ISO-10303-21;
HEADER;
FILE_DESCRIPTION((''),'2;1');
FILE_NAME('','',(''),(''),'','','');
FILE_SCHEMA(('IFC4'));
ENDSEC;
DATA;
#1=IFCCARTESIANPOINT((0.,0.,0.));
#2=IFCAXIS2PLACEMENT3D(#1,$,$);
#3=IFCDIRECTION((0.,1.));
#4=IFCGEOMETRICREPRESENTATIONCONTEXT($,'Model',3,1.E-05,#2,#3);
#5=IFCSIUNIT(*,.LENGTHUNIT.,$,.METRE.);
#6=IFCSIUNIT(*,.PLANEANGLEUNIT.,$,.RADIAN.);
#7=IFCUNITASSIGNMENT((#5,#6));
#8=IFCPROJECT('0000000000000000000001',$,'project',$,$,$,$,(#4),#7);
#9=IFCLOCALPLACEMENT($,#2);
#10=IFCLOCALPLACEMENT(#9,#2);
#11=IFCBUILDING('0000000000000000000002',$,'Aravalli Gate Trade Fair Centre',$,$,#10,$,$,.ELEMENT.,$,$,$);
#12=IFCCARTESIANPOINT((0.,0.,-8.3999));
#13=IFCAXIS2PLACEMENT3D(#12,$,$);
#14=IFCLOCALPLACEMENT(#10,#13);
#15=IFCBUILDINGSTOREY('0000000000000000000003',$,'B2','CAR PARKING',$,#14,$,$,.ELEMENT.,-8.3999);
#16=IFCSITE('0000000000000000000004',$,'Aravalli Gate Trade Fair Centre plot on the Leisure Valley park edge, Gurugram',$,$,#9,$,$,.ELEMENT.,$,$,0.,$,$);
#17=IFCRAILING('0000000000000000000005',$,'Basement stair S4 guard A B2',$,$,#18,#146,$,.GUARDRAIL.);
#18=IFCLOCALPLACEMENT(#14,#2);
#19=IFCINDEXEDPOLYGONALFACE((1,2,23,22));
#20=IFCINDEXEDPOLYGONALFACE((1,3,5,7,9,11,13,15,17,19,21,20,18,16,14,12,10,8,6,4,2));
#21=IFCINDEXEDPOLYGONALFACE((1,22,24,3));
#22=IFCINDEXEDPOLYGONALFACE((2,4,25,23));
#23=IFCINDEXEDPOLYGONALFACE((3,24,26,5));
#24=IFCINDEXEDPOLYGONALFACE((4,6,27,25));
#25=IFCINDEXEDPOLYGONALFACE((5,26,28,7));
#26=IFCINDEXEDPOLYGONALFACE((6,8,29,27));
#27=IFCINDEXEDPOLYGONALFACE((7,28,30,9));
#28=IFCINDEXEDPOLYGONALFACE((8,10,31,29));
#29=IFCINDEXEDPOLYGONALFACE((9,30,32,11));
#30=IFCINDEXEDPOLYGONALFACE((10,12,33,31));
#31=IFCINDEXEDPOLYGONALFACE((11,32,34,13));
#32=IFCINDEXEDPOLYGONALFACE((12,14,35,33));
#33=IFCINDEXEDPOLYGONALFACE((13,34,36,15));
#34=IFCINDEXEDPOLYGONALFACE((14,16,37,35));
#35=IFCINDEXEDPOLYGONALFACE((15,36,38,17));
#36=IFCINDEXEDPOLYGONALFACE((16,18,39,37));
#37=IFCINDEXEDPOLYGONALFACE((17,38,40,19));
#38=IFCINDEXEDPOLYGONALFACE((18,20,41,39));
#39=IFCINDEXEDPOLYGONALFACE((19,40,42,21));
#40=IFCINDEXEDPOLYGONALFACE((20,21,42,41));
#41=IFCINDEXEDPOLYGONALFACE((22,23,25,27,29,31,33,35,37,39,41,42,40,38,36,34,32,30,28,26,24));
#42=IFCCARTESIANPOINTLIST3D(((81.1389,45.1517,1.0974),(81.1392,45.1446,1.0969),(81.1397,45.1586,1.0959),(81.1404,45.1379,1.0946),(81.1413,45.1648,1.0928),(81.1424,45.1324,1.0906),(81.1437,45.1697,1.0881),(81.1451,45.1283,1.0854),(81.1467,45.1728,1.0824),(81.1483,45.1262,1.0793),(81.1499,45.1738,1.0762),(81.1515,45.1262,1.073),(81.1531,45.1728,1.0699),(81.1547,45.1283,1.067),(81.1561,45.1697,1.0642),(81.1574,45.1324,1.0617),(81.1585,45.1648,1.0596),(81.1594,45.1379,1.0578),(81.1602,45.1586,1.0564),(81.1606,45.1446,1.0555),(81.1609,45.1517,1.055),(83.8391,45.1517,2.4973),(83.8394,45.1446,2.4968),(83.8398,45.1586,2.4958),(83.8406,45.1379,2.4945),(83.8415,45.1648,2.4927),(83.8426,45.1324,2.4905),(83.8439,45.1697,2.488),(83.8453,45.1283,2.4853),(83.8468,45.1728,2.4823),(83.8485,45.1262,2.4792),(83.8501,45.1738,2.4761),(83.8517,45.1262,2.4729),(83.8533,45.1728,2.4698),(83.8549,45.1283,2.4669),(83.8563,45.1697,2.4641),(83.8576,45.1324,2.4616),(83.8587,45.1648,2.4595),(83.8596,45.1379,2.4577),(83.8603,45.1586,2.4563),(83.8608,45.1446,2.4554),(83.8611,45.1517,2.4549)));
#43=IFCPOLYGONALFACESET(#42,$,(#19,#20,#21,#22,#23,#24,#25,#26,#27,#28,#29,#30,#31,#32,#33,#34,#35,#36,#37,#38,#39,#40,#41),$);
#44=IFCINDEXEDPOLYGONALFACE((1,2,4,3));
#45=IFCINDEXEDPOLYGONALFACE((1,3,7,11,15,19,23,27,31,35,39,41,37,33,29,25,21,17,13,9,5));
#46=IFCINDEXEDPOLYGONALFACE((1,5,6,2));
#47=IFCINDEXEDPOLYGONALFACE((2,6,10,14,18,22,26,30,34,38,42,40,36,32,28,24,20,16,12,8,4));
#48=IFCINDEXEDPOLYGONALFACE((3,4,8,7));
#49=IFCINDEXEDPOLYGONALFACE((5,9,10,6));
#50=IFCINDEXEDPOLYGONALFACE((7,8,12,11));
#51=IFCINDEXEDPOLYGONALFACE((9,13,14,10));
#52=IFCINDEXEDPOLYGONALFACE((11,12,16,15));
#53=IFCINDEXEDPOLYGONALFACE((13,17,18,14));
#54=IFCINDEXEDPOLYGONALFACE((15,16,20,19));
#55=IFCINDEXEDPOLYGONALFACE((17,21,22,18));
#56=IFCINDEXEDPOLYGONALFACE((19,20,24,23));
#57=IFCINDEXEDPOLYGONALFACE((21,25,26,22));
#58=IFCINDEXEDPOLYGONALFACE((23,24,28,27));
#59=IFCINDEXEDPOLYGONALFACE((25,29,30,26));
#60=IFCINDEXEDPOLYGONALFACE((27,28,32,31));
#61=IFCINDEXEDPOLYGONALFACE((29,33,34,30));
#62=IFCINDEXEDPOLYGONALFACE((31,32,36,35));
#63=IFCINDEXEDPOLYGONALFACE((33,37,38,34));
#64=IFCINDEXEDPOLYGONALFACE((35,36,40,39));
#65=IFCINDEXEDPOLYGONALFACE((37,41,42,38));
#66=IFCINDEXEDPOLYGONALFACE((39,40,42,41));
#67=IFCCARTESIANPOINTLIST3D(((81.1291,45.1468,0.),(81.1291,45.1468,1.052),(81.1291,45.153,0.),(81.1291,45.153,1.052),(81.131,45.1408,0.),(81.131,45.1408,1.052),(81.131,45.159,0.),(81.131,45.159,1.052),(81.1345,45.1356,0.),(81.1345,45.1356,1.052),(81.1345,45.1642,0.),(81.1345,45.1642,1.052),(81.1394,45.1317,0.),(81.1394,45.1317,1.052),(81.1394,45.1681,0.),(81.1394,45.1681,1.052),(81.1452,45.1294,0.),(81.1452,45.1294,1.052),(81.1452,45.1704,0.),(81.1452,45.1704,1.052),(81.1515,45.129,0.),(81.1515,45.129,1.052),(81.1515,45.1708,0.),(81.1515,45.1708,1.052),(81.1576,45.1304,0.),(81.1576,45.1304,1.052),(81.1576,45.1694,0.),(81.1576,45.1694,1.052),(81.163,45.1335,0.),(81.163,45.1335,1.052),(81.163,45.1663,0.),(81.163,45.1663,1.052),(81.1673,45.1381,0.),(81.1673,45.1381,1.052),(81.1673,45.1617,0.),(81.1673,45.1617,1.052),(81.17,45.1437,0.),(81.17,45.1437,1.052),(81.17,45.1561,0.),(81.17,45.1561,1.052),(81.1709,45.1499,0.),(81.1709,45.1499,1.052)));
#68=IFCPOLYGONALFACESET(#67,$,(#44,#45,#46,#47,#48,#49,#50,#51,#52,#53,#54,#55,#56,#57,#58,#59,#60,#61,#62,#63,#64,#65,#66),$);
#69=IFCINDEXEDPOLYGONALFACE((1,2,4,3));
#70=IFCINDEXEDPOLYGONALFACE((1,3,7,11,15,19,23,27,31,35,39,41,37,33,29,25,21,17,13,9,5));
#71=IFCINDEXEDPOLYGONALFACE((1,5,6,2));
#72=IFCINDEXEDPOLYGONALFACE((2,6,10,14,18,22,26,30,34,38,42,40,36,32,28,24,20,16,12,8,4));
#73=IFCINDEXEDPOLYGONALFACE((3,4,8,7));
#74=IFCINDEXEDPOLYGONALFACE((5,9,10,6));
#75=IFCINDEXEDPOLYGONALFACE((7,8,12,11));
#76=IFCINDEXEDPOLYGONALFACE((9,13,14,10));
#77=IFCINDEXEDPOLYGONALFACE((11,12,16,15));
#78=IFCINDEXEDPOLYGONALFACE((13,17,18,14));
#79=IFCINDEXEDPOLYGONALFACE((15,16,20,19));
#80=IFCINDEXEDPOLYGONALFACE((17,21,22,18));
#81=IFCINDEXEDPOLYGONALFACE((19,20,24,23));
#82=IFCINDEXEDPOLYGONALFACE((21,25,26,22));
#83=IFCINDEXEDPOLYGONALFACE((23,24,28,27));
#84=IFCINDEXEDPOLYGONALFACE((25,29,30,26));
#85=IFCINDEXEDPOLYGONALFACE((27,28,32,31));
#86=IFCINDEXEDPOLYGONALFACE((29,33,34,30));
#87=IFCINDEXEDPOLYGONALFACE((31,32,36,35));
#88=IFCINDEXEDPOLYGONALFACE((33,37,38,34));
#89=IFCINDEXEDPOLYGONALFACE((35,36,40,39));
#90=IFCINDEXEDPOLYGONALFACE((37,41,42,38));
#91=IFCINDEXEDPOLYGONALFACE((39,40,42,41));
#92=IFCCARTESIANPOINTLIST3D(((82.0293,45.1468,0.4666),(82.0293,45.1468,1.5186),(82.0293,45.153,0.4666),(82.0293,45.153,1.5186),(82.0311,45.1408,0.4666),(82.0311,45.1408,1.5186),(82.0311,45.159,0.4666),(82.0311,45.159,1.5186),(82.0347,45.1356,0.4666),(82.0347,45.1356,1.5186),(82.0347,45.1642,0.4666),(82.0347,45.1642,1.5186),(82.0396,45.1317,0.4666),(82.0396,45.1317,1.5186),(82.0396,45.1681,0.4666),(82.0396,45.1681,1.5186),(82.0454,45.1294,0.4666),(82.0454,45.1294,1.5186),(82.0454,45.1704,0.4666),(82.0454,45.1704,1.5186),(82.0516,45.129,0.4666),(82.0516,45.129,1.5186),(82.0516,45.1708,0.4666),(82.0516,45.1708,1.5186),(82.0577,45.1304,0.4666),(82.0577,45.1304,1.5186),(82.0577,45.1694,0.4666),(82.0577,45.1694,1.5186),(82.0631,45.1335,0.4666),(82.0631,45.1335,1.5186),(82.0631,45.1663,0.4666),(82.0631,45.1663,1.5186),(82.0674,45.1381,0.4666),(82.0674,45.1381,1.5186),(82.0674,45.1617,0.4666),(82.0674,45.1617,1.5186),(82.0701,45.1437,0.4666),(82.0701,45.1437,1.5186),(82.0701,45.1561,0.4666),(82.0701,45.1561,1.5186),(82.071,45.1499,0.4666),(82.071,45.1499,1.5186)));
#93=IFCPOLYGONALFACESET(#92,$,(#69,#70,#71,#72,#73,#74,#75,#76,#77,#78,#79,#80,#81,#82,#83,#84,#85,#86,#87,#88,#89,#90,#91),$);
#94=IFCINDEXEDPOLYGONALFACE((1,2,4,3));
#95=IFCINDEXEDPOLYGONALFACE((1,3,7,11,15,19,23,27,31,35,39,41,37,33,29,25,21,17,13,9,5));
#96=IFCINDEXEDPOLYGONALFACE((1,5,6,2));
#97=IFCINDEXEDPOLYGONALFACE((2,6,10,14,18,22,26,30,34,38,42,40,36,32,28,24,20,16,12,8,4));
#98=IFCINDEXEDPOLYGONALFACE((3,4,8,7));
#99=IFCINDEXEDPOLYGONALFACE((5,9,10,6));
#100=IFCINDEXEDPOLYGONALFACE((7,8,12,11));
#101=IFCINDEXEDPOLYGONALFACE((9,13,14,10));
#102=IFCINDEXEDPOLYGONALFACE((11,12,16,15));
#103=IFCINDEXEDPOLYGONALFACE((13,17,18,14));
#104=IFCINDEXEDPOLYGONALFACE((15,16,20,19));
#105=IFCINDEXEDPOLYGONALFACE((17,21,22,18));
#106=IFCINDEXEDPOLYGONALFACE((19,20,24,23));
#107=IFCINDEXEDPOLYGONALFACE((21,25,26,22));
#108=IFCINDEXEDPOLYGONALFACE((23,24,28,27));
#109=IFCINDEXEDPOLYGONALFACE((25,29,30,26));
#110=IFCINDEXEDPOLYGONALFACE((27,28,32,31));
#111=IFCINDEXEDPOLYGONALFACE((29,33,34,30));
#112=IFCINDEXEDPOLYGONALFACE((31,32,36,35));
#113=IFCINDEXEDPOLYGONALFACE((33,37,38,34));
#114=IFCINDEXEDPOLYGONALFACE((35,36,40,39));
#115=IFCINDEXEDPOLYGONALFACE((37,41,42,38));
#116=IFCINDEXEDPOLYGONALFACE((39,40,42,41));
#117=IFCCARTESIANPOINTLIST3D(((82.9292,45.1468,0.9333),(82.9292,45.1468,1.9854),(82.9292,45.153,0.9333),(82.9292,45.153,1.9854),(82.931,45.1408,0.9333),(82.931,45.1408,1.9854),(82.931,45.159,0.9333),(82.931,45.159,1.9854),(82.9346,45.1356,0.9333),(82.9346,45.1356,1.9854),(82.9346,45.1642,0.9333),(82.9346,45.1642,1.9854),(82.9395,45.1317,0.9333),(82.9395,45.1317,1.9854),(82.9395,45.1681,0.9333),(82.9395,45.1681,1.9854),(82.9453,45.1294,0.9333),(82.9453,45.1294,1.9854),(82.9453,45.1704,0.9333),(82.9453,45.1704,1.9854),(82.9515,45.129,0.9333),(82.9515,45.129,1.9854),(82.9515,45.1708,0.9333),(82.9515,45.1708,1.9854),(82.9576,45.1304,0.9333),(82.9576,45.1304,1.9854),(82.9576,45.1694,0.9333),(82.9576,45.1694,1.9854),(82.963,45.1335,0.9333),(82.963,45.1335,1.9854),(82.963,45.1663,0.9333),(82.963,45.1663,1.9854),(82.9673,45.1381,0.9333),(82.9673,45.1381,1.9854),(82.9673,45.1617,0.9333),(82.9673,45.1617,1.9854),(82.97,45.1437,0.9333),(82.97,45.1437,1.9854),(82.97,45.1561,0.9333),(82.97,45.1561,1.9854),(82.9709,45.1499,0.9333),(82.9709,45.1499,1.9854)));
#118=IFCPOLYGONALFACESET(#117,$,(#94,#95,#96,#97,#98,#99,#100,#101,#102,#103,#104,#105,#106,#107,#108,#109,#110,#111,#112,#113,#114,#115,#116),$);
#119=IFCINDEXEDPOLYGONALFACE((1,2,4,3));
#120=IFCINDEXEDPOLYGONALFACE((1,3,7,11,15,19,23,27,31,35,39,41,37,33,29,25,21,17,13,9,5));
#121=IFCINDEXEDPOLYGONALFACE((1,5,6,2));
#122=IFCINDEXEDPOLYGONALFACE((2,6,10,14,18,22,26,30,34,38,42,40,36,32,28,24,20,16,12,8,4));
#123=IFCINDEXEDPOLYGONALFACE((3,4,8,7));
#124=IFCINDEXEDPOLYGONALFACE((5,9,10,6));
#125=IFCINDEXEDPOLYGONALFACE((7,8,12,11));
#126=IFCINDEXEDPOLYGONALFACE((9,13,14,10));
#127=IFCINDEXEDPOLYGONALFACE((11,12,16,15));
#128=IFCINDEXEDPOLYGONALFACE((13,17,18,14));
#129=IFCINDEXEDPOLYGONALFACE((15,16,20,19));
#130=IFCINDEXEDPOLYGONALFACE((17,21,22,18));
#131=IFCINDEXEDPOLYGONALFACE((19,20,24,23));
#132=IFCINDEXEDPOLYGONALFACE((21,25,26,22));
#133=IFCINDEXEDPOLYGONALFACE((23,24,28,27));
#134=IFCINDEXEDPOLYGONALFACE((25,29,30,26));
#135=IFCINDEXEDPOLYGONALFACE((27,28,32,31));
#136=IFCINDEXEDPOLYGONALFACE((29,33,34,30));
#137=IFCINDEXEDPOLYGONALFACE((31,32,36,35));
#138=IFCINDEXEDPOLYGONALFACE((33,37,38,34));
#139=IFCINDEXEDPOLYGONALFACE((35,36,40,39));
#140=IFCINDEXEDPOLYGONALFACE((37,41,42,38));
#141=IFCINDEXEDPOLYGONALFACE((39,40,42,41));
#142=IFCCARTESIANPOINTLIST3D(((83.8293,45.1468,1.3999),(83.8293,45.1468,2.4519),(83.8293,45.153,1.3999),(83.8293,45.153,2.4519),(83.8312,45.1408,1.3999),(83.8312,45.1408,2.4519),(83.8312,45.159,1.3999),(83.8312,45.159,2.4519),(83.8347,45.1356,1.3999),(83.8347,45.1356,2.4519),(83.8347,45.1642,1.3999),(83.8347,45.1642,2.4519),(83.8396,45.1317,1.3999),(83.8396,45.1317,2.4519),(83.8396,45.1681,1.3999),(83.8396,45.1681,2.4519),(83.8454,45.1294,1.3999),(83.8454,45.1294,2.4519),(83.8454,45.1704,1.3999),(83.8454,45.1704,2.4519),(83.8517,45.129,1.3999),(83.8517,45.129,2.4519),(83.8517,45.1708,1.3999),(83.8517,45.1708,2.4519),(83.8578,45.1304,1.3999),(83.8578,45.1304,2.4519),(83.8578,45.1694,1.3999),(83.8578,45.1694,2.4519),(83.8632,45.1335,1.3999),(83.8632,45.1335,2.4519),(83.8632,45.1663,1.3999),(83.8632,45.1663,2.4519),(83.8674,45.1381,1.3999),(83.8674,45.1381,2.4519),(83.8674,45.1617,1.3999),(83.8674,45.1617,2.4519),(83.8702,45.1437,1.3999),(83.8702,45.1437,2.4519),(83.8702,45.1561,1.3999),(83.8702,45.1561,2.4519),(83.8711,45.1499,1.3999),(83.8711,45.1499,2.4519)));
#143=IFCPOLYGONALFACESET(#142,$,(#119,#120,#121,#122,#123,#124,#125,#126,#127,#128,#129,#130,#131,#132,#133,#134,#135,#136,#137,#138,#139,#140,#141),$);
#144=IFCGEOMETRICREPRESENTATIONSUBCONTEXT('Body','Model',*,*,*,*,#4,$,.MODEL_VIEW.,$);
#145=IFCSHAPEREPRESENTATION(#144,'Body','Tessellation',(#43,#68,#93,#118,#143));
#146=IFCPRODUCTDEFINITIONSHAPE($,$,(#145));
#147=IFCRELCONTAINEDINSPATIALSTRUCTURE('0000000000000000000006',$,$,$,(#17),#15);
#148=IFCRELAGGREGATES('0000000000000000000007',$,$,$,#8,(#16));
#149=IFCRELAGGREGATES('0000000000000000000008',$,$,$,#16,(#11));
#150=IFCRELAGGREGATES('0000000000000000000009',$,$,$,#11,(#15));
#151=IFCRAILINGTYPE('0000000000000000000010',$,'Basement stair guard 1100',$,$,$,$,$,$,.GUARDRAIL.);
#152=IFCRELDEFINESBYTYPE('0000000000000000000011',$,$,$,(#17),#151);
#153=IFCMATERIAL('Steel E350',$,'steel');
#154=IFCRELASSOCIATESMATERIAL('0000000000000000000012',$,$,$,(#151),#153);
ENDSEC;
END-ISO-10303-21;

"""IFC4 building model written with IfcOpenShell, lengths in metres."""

from ifc_helpers import new_model, si_unit, direction, frame, origin, origin_2d, place, context, subcontext, project, spatial, circle, extrude, material, type_object, element, save


model = new_model("IFC4")

# Units and contexts
model_context = context("Model", 3, precision=1e-05, world=origin(), true_north=direction((0.0, 1.0)))
body_context = subcontext(model_context, "Body", "Model", "MODEL_VIEW")
ifc_project = project(units=[si_unit("LENGTHUNIT", "METRE"), si_unit("PLANEANGLEUNIT", "RADIAN")], contexts=[model_context])

# Site, building, storey
site_placement = place(None, origin())
site = spatial("IfcSite", under=ifc_project, at=site_placement, Name="Aravalli Gate Trade Fair Centre plot on the Leisure Valley park edge, Gurugram", CompositionType="ELEMENT", RefElevation=0.0)
building_placement = place(site_placement, origin())
building = spatial("IfcBuilding", under=site, at=building_placement, Name="Aravalli Gate Trade Fair Centre", CompositionType="ELEMENT")
storey_placement = place(building_placement, frame((0.0, 0.0, -8.3999)))
storey = spatial("IfcBuildingStorey", under=building, at=storey_placement, Name="B2", Description="CAR PARKING", CompositionType="ELEMENT", Elevation=-8.3999)

# Railing
ifc_material_1 = material(Name="Steel E350", Category="steel")
railing_type_1 = type_object("IfcRailingType", Name="Basement stair guard 1100", PredefinedType="GUARDRAIL", material=ifc_material_1)
railing_1_placement = place(storey_placement, frame((81.1499, 45.1499, 0.0)))
element("IfcRailing", 1, at=railing_1_placement, inside=storey, type_object=railing_type_1, Name="Basement stair S4 guard A B2", PredefinedType="GUARDRAIL", context=body_context, shape_type="SweptSolid", body=[
    extrude(circle(Radius=0.0239, at=origin_2d()), frame((0.0, 0.0, 1.0762), z_axis=(0.887781, 0.0, 0.460266), x_axis=(0.0, 1.0, 0.0)), (0.0, 0.0, 1.0), 3.0415),
    extrude(circle(Radius=0.021, at=origin_2d()), origin(), (0.0, 0.0, 1.0), 1.052),
    extrude(circle(Radius=0.021, at=origin_2d()), frame((0.9001, 0.0, 0.4666)), (0.0, 0.0, 1.0), 1.052),
    extrude(circle(Radius=0.021, at=origin_2d()), frame((1.8, 0.0, 0.9333)), (0.0, 0.0, 1.0), 1.052),
    extrude(circle(Radius=0.021, at=origin_2d()), frame((2.7002, 0.0, 1.3999)), (0.0, 0.0, 1.0), 1.052),
])

save(model, "model.ifc")
